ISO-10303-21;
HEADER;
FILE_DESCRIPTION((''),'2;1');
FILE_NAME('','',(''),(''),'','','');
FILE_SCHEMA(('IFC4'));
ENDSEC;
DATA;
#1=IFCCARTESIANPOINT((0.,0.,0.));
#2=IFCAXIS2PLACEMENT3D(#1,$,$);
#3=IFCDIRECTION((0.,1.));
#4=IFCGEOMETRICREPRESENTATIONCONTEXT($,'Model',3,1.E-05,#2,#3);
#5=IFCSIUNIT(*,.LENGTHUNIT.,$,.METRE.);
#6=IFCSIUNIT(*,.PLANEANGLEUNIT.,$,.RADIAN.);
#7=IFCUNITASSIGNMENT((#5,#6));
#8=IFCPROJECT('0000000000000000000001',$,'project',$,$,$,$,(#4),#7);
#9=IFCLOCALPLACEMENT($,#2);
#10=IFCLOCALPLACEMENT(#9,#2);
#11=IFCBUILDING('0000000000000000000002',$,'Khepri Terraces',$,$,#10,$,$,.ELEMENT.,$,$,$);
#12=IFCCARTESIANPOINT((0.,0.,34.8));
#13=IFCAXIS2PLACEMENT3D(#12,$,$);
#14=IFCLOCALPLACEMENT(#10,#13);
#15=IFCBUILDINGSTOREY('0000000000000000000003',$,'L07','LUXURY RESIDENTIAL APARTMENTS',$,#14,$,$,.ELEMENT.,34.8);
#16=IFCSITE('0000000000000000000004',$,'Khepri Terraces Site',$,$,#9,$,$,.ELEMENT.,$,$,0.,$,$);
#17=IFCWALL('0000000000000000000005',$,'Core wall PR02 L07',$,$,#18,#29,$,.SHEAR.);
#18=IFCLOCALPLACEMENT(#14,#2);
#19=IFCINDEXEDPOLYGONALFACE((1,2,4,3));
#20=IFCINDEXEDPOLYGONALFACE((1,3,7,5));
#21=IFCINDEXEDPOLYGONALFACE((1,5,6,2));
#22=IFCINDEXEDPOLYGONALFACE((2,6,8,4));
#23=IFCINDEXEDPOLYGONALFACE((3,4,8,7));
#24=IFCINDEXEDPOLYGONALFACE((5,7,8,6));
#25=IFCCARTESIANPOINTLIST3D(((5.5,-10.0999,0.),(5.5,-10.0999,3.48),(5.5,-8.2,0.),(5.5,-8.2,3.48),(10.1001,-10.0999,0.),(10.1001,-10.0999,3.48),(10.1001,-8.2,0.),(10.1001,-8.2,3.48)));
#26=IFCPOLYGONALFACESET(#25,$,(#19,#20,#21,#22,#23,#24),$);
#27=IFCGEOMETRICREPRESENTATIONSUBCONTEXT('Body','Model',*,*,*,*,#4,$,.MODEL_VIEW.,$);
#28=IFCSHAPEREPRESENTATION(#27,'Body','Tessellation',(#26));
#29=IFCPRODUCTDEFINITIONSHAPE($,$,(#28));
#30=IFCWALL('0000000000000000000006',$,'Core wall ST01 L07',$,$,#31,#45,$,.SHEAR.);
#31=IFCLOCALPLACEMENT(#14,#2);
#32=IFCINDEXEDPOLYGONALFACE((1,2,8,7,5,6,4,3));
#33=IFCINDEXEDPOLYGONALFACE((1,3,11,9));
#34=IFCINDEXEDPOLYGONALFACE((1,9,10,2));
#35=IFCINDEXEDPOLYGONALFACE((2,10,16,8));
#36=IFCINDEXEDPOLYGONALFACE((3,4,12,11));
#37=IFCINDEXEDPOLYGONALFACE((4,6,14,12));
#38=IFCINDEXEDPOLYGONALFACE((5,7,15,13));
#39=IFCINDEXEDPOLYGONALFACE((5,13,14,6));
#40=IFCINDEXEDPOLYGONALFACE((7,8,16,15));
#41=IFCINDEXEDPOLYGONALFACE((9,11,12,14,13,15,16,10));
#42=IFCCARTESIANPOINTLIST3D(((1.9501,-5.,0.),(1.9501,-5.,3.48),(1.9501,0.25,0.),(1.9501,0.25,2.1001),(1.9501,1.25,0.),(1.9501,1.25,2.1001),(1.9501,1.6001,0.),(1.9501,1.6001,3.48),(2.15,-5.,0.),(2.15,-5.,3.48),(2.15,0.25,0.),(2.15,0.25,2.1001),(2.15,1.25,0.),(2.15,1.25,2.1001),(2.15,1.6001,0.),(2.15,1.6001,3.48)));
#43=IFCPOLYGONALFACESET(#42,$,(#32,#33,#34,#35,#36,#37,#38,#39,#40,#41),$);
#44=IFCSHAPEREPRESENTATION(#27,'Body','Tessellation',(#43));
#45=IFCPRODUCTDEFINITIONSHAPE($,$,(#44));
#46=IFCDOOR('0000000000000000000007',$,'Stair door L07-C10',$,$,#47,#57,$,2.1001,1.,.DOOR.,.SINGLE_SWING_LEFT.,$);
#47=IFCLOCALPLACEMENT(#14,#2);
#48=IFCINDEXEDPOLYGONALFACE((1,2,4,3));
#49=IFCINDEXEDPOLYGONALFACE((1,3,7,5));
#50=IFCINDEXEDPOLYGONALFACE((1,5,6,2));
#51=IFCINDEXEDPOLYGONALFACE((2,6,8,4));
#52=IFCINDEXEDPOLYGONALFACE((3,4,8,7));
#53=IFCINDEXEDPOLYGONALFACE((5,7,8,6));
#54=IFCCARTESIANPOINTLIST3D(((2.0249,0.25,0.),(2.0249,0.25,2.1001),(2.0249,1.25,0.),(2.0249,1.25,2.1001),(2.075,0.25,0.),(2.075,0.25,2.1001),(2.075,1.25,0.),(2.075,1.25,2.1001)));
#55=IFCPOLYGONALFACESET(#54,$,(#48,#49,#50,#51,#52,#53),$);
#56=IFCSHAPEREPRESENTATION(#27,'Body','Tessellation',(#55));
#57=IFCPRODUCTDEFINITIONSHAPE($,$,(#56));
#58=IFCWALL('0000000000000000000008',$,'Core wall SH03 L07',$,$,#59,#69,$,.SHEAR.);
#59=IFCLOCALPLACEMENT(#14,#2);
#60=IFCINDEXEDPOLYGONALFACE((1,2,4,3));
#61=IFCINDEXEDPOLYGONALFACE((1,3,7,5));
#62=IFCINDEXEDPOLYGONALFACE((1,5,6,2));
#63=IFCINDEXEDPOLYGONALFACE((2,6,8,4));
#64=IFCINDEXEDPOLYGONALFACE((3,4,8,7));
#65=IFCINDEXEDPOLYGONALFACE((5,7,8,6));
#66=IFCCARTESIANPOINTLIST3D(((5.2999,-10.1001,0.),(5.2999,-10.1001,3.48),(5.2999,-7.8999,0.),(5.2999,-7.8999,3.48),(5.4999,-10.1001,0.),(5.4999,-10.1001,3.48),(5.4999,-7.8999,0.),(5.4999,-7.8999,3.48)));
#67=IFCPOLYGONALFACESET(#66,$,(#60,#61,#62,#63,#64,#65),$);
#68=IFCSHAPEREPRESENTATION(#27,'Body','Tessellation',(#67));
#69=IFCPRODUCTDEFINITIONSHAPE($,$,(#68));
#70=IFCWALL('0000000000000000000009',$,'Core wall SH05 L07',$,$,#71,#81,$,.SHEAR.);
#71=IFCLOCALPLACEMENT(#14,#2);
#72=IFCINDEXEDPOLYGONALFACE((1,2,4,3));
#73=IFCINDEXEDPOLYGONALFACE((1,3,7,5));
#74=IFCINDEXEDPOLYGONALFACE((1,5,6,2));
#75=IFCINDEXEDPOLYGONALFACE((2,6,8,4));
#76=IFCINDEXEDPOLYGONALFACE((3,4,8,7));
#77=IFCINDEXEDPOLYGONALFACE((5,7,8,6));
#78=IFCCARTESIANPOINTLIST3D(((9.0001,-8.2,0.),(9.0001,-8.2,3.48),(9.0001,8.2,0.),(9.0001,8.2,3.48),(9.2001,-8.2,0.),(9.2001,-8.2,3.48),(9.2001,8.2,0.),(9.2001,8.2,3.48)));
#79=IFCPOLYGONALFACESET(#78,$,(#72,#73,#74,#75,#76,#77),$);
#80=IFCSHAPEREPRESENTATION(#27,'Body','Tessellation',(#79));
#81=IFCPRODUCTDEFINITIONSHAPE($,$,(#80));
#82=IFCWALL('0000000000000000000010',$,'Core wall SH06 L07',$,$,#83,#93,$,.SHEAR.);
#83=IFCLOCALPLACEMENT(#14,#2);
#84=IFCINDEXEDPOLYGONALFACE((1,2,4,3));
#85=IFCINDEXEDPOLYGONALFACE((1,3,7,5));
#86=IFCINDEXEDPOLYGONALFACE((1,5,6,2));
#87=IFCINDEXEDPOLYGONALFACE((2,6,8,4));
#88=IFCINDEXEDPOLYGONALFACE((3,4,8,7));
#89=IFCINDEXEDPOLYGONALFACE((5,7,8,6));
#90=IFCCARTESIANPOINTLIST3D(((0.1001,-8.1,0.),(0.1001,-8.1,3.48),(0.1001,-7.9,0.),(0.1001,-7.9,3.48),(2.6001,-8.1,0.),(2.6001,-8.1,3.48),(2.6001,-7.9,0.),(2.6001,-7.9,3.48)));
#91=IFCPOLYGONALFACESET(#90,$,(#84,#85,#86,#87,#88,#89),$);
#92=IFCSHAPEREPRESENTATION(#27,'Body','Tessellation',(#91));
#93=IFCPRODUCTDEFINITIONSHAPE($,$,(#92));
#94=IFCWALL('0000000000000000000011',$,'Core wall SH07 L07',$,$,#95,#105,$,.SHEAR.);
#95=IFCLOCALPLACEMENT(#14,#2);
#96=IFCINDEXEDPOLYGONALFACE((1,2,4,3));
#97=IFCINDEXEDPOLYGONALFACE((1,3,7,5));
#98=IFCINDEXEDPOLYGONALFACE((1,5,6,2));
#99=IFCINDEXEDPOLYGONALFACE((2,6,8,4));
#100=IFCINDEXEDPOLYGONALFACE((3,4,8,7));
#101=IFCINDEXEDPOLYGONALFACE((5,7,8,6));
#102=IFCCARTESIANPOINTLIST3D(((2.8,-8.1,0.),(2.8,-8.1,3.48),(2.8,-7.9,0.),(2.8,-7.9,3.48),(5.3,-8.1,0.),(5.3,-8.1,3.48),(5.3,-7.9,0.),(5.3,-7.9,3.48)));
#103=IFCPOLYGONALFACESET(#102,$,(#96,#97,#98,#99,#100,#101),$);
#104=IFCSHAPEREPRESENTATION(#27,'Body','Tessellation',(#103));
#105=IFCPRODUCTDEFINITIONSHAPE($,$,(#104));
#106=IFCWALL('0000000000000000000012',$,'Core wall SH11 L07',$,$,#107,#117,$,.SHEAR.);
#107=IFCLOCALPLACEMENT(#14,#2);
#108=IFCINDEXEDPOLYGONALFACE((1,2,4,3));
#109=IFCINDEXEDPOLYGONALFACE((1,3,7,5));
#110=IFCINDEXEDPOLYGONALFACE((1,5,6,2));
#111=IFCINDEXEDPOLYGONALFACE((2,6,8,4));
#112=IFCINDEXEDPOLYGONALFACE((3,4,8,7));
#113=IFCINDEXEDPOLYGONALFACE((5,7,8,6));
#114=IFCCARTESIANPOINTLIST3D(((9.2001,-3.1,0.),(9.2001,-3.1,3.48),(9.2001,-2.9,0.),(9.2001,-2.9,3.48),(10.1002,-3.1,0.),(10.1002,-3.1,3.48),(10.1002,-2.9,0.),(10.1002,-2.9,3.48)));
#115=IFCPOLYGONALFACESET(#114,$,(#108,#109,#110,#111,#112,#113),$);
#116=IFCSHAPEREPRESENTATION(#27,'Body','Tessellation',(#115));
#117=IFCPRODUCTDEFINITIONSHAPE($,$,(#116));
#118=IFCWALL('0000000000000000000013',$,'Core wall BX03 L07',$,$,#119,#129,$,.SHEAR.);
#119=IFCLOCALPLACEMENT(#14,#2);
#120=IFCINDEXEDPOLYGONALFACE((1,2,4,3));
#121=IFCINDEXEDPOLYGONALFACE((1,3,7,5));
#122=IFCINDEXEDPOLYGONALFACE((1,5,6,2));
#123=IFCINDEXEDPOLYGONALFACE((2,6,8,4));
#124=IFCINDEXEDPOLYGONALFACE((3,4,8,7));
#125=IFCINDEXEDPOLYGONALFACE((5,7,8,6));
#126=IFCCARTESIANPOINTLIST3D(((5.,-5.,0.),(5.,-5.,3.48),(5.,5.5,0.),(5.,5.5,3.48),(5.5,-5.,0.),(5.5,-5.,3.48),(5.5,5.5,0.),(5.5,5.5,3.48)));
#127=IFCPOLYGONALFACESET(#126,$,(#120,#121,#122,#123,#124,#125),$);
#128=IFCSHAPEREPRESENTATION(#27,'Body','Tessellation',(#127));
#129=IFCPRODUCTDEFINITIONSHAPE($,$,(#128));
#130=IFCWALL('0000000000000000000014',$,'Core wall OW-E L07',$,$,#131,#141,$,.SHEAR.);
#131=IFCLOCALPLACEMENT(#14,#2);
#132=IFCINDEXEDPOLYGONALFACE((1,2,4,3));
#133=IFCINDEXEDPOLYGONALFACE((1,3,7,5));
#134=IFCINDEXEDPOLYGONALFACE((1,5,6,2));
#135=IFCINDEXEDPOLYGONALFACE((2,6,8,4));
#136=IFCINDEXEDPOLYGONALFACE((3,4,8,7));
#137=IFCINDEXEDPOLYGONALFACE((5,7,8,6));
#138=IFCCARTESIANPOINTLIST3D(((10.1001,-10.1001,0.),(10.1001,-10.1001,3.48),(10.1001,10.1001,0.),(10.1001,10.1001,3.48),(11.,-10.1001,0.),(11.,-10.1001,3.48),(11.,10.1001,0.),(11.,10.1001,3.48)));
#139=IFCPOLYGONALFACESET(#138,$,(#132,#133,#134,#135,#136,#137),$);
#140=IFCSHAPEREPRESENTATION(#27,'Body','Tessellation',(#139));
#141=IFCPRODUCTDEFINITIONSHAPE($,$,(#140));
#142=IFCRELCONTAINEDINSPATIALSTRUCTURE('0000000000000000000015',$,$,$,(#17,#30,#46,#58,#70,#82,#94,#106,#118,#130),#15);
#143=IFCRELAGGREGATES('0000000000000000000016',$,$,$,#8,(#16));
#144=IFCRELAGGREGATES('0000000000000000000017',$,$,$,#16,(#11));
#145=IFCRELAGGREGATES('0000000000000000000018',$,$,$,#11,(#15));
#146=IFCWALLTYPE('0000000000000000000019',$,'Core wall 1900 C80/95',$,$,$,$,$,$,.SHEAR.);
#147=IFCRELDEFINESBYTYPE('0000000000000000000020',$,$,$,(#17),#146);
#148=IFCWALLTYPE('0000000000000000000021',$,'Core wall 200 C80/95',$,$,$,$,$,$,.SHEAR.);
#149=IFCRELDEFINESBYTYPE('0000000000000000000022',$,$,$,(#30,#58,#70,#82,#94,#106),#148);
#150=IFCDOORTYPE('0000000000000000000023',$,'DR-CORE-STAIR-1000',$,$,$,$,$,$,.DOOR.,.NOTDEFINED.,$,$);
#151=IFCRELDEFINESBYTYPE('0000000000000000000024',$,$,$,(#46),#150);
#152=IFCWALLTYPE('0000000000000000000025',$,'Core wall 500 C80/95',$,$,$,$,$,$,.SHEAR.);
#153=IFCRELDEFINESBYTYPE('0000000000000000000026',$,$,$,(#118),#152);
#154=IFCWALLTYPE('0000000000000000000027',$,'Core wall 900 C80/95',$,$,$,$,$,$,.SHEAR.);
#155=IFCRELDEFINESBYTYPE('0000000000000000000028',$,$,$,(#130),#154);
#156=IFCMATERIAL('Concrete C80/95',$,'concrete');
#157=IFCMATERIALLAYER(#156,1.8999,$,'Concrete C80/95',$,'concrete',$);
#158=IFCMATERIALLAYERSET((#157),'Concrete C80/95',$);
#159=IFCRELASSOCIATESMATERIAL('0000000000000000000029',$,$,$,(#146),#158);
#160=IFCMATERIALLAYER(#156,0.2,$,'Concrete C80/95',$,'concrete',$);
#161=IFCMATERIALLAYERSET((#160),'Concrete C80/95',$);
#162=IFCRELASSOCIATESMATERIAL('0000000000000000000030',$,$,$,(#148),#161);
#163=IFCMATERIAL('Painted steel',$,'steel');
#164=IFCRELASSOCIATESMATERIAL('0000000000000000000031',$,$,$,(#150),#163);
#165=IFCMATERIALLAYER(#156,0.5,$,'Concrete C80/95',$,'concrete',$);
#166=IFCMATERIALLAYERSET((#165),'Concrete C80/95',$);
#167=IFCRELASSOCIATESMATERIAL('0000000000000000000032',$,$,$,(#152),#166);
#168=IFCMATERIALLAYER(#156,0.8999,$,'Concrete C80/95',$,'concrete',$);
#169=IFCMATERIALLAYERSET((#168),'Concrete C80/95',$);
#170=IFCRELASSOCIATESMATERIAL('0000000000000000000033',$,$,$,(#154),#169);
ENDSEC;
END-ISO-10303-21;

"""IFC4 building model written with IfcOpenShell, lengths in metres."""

from ifc_helpers import new_model, si_unit, direction, frame, frame_2d, origin, place, context, subcontext, project, spatial, rectangle, extrude, material, layer, layer_set, type_object, element, fill, save


model = new_model("IFC4")

# Units and contexts
model_context = context("Model", 3, precision=1e-05, world=origin(), true_north=direction((0.0, 1.0)))
body_context = subcontext(model_context, "Body", "Model", "MODEL_VIEW")
ifc_project = project(units=[si_unit("LENGTHUNIT", "METRE"), si_unit("PLANEANGLEUNIT", "RADIAN")], contexts=[model_context])

# Site, building, storey
site_placement = place(None, origin())
site = spatial("IfcSite", under=ifc_project, at=site_placement, Name="Khepri Terraces Site", CompositionType="ELEMENT", RefElevation=0.0)
building_placement = place(site_placement, origin())
building = spatial("IfcBuilding", under=site, at=building_placement, Name="Khepri Terraces", CompositionType="ELEMENT")
storey_placement = place(building_placement, frame((0.0, 0.0, 34.8)))
storey = spatial("IfcBuildingStorey", under=building, at=storey_placement, Name="L07", Description="LUXURY RESIDENTIAL APARTMENTS", CompositionType="ELEMENT", Elevation=34.8)

# Wall
ifc_material_1 = material(Name="Concrete C80/95", Category="concrete")
ifc_layer_1 = layer(ifc_material_1, 1.8999, Name="Concrete C80/95", Category="concrete")
ifc_layer_set_1 = layer_set([ifc_layer_1], Name="Concrete C80/95")
wall_type_1 = type_object("IfcWallType", Name="Core wall 1900 C80/95", PredefinedType="SHEAR", material=ifc_layer_set_1)
wall_1_placement = place(storey_placement, frame((5.5, -9.1499, 0.0), z_axis=(0.0, 0.0, 1.0), x_axis=(1.0, 0.0, 0.0)))
element("IfcWall", 1, at=wall_1_placement, inside=storey, type_object=wall_type_1, Name="Core wall PR02 L07", PredefinedType="SHEAR", context=body_context, shape_type="SweptSolid", body=[
    extrude(rectangle(XDim=4.6001, YDim=1.8999, at=frame_2d((2.3, 0.0))), origin(), (0.0, 0.0, 1.0), 3.48),
])

# Wall, opening, door
ifc_layer_2 = layer(ifc_material_1, 0.2, Name="Concrete C80/95", Category="concrete")
ifc_layer_set_2 = layer_set([ifc_layer_2], Name="Concrete C80/95")
wall_type_2 = type_object("IfcWallType", Name="Core wall 200 C80/95", PredefinedType="SHEAR", material=ifc_layer_set_2)
wall_2_placement = place(storey_placement, frame((2.05, -5.0, 0.0), z_axis=(0.0, 0.0, 1.0), x_axis=(0.0, 1.0, 0.0)))
wall_2 = element("IfcWall", 2, at=wall_2_placement, inside=storey, type_object=wall_type_2, Name="Core wall ST01 L07", PredefinedType="SHEAR", context=body_context, shape_type="SweptSolid", body=[
    extrude(rectangle(XDim=6.6001, YDim=0.2, at=frame_2d((3.3, 0.0))), origin(), (0.0, 0.0, 1.0), 3.48),
])
opening_1_placement = place(wall_2_placement, frame((5.25, 0.0, 0.0)))
opening_1 = element("IfcOpeningElement", 3, at=opening_1_placement, cuts=wall_2, PredefinedType="OPENING", context=body_context, shape_type="SweptSolid", body=[
    extrude(rectangle(XDim=1.0, YDim=2.1001, at=frame_2d((0.5, 1.05))), frame((0.0, 0.1099, 0.0), z_axis=(0.0, -1.0, 0.0), x_axis=(1.0, 0.0, 0.0)), (0.0, 0.0, 1.0), 0.22),
])
ifc_material_2 = material(Name="Painted steel", Category="steel")
door_type_1 = type_object("IfcDoorType", Name="DR-CORE-STAIR-1000", OperationType="NOTDEFINED", PredefinedType="DOOR", material=ifc_material_2)
door_1_placement = place(opening_1_placement, frame((1.0, 0.0, 0.0), z_axis=(0.0, 0.0, 1.0), x_axis=(-1.0, 0.0, 0.0)))
door_1 = element("IfcDoor", 4, at=door_1_placement, inside=storey, type_object=door_type_1, Name="Stair door L07-C10", OperationType="SINGLE_SWING_LEFT", OverallHeight=2.1001, OverallWidth=1.0, PredefinedType="DOOR", context=body_context, shape_type="SweptSolid", body=[
    extrude(rectangle(XDim=1.0, YDim=2.1001, at=frame_2d((0.5, 1.05))), frame((0.0, 0.0249, 0.0), z_axis=(0.0, -1.0, 0.0), x_axis=(1.0, 0.0, 0.0)), (0.0, 0.0, 1.0), 0.05),
])
fill(opening_1, door_1)

# Walls
wall_3_placement = place(storey_placement, frame((5.3999, -10.1001, 0.0), z_axis=(0.0, 0.0, 1.0), x_axis=(0.0, 1.0, 0.0)))
element("IfcWall", 5, at=wall_3_placement, inside=storey, type_object=wall_type_2, Name="Core wall SH03 L07", PredefinedType="SHEAR", context=body_context, shape_type="SweptSolid", body=[
    extrude(rectangle(XDim=2.2002, YDim=0.2, at=frame_2d((1.1001, 0.0))), origin(), (0.0, 0.0, 1.0), 3.48),
])
wall_4_placement = place(storey_placement, frame((9.1001, -8.2, 0.0), z_axis=(0.0, 0.0, 1.0), x_axis=(0.0, 1.0, 0.0)))
element("IfcWall", 6, at=wall_4_placement, inside=storey, type_object=wall_type_2, Name="Core wall SH05 L07", PredefinedType="SHEAR", context=body_context, shape_type="SweptSolid", body=[
    extrude(rectangle(XDim=16.3999, YDim=0.2, at=frame_2d((8.2, 0.0))), origin(), (0.0, 0.0, 1.0), 3.48),
])
for number, where, z_axis, x_axis, name in (
    (7, (0.1001, -8.0, 0.0), (0.0, 0.0, 1.0), (1.0, 0.0, 0.0), "Core wall SH06 L07"),
    (8, (2.8, -8.0, 0.0), (0.0, 0.0, 1.0), (1.0, 0.0, 0.0), "Core wall SH07 L07"),
):
    element("IfcWall", number, at=place(storey_placement, frame(where, z_axis=z_axis, x_axis=x_axis)), inside=storey, type_object=wall_type_2, Name=name, PredefinedType="SHEAR", context=body_context, shape_type="SweptSolid", body=[
        extrude(rectangle(XDim=2.5, YDim=0.2, at=frame_2d((1.25, 0.0))), origin(), (0.0, 0.0, 1.0), 3.48),
    ])
wall_5_placement = place(storey_placement, frame((9.2, -3.0, 0.0), z_axis=(0.0, 0.0, 1.0), x_axis=(1.0, 0.0, 0.0)))
element("IfcWall", 9, at=wall_5_placement, inside=storey, type_object=wall_type_2, Name="Core wall SH11 L07", PredefinedType="SHEAR", context=body_context, shape_type="SweptSolid", body=[
    extrude(rectangle(XDim=0.9001, YDim=0.2, at=frame_2d((0.4502, 0.0))), origin(), (0.0, 0.0, 1.0), 3.48),
])
ifc_layer_3 = layer(ifc_material_1, 0.5, Name="Concrete C80/95", Category="concrete")
ifc_layer_set_3 = layer_set([ifc_layer_3], Name="Concrete C80/95")
wall_type_3 = type_object("IfcWallType", Name="Core wall 500 C80/95", PredefinedType="SHEAR", material=ifc_layer_set_3)
wall_6_placement = place(storey_placement, frame((5.25, -5.0, 0.0), z_axis=(0.0, 0.0, 1.0), x_axis=(0.0, 1.0, 0.0)))
element("IfcWall", 10, at=wall_6_placement, inside=storey, type_object=wall_type_3, Name="Core wall BX03 L07", PredefinedType="SHEAR", context=body_context, shape_type="SweptSolid", body=[
    extrude(rectangle(XDim=10.5, YDim=0.5, at=frame_2d((5.25, 0.0))), origin(), (0.0, 0.0, 1.0), 3.48),
])
ifc_layer_4 = layer(ifc_material_1, 0.8999, Name="Concrete C80/95", Category="concrete")
ifc_layer_set_4 = layer_set([ifc_layer_4], Name="Concrete C80/95")
wall_type_4 = type_object("IfcWallType", Name="Core wall 900 C80/95", PredefinedType="SHEAR", material=ifc_layer_set_4)
wall_7_placement = place(storey_placement, frame((10.55, -10.1001, 0.0), z_axis=(0.0, 0.0, 1.0), x_axis=(0.0, 1.0, 0.0)))
element("IfcWall", 11, at=wall_7_placement, inside=storey, type_object=wall_type_4, Name="Core wall OW-E L07", PredefinedType="SHEAR", context=body_context, shape_type="SweptSolid", body=[
    extrude(rectangle(XDim=20.2002, YDim=0.8999, at=frame_2d((10.1001, 0.0))), origin(), (0.0, 0.0, 1.0), 3.48),
])

save(model, "model.ifc")
